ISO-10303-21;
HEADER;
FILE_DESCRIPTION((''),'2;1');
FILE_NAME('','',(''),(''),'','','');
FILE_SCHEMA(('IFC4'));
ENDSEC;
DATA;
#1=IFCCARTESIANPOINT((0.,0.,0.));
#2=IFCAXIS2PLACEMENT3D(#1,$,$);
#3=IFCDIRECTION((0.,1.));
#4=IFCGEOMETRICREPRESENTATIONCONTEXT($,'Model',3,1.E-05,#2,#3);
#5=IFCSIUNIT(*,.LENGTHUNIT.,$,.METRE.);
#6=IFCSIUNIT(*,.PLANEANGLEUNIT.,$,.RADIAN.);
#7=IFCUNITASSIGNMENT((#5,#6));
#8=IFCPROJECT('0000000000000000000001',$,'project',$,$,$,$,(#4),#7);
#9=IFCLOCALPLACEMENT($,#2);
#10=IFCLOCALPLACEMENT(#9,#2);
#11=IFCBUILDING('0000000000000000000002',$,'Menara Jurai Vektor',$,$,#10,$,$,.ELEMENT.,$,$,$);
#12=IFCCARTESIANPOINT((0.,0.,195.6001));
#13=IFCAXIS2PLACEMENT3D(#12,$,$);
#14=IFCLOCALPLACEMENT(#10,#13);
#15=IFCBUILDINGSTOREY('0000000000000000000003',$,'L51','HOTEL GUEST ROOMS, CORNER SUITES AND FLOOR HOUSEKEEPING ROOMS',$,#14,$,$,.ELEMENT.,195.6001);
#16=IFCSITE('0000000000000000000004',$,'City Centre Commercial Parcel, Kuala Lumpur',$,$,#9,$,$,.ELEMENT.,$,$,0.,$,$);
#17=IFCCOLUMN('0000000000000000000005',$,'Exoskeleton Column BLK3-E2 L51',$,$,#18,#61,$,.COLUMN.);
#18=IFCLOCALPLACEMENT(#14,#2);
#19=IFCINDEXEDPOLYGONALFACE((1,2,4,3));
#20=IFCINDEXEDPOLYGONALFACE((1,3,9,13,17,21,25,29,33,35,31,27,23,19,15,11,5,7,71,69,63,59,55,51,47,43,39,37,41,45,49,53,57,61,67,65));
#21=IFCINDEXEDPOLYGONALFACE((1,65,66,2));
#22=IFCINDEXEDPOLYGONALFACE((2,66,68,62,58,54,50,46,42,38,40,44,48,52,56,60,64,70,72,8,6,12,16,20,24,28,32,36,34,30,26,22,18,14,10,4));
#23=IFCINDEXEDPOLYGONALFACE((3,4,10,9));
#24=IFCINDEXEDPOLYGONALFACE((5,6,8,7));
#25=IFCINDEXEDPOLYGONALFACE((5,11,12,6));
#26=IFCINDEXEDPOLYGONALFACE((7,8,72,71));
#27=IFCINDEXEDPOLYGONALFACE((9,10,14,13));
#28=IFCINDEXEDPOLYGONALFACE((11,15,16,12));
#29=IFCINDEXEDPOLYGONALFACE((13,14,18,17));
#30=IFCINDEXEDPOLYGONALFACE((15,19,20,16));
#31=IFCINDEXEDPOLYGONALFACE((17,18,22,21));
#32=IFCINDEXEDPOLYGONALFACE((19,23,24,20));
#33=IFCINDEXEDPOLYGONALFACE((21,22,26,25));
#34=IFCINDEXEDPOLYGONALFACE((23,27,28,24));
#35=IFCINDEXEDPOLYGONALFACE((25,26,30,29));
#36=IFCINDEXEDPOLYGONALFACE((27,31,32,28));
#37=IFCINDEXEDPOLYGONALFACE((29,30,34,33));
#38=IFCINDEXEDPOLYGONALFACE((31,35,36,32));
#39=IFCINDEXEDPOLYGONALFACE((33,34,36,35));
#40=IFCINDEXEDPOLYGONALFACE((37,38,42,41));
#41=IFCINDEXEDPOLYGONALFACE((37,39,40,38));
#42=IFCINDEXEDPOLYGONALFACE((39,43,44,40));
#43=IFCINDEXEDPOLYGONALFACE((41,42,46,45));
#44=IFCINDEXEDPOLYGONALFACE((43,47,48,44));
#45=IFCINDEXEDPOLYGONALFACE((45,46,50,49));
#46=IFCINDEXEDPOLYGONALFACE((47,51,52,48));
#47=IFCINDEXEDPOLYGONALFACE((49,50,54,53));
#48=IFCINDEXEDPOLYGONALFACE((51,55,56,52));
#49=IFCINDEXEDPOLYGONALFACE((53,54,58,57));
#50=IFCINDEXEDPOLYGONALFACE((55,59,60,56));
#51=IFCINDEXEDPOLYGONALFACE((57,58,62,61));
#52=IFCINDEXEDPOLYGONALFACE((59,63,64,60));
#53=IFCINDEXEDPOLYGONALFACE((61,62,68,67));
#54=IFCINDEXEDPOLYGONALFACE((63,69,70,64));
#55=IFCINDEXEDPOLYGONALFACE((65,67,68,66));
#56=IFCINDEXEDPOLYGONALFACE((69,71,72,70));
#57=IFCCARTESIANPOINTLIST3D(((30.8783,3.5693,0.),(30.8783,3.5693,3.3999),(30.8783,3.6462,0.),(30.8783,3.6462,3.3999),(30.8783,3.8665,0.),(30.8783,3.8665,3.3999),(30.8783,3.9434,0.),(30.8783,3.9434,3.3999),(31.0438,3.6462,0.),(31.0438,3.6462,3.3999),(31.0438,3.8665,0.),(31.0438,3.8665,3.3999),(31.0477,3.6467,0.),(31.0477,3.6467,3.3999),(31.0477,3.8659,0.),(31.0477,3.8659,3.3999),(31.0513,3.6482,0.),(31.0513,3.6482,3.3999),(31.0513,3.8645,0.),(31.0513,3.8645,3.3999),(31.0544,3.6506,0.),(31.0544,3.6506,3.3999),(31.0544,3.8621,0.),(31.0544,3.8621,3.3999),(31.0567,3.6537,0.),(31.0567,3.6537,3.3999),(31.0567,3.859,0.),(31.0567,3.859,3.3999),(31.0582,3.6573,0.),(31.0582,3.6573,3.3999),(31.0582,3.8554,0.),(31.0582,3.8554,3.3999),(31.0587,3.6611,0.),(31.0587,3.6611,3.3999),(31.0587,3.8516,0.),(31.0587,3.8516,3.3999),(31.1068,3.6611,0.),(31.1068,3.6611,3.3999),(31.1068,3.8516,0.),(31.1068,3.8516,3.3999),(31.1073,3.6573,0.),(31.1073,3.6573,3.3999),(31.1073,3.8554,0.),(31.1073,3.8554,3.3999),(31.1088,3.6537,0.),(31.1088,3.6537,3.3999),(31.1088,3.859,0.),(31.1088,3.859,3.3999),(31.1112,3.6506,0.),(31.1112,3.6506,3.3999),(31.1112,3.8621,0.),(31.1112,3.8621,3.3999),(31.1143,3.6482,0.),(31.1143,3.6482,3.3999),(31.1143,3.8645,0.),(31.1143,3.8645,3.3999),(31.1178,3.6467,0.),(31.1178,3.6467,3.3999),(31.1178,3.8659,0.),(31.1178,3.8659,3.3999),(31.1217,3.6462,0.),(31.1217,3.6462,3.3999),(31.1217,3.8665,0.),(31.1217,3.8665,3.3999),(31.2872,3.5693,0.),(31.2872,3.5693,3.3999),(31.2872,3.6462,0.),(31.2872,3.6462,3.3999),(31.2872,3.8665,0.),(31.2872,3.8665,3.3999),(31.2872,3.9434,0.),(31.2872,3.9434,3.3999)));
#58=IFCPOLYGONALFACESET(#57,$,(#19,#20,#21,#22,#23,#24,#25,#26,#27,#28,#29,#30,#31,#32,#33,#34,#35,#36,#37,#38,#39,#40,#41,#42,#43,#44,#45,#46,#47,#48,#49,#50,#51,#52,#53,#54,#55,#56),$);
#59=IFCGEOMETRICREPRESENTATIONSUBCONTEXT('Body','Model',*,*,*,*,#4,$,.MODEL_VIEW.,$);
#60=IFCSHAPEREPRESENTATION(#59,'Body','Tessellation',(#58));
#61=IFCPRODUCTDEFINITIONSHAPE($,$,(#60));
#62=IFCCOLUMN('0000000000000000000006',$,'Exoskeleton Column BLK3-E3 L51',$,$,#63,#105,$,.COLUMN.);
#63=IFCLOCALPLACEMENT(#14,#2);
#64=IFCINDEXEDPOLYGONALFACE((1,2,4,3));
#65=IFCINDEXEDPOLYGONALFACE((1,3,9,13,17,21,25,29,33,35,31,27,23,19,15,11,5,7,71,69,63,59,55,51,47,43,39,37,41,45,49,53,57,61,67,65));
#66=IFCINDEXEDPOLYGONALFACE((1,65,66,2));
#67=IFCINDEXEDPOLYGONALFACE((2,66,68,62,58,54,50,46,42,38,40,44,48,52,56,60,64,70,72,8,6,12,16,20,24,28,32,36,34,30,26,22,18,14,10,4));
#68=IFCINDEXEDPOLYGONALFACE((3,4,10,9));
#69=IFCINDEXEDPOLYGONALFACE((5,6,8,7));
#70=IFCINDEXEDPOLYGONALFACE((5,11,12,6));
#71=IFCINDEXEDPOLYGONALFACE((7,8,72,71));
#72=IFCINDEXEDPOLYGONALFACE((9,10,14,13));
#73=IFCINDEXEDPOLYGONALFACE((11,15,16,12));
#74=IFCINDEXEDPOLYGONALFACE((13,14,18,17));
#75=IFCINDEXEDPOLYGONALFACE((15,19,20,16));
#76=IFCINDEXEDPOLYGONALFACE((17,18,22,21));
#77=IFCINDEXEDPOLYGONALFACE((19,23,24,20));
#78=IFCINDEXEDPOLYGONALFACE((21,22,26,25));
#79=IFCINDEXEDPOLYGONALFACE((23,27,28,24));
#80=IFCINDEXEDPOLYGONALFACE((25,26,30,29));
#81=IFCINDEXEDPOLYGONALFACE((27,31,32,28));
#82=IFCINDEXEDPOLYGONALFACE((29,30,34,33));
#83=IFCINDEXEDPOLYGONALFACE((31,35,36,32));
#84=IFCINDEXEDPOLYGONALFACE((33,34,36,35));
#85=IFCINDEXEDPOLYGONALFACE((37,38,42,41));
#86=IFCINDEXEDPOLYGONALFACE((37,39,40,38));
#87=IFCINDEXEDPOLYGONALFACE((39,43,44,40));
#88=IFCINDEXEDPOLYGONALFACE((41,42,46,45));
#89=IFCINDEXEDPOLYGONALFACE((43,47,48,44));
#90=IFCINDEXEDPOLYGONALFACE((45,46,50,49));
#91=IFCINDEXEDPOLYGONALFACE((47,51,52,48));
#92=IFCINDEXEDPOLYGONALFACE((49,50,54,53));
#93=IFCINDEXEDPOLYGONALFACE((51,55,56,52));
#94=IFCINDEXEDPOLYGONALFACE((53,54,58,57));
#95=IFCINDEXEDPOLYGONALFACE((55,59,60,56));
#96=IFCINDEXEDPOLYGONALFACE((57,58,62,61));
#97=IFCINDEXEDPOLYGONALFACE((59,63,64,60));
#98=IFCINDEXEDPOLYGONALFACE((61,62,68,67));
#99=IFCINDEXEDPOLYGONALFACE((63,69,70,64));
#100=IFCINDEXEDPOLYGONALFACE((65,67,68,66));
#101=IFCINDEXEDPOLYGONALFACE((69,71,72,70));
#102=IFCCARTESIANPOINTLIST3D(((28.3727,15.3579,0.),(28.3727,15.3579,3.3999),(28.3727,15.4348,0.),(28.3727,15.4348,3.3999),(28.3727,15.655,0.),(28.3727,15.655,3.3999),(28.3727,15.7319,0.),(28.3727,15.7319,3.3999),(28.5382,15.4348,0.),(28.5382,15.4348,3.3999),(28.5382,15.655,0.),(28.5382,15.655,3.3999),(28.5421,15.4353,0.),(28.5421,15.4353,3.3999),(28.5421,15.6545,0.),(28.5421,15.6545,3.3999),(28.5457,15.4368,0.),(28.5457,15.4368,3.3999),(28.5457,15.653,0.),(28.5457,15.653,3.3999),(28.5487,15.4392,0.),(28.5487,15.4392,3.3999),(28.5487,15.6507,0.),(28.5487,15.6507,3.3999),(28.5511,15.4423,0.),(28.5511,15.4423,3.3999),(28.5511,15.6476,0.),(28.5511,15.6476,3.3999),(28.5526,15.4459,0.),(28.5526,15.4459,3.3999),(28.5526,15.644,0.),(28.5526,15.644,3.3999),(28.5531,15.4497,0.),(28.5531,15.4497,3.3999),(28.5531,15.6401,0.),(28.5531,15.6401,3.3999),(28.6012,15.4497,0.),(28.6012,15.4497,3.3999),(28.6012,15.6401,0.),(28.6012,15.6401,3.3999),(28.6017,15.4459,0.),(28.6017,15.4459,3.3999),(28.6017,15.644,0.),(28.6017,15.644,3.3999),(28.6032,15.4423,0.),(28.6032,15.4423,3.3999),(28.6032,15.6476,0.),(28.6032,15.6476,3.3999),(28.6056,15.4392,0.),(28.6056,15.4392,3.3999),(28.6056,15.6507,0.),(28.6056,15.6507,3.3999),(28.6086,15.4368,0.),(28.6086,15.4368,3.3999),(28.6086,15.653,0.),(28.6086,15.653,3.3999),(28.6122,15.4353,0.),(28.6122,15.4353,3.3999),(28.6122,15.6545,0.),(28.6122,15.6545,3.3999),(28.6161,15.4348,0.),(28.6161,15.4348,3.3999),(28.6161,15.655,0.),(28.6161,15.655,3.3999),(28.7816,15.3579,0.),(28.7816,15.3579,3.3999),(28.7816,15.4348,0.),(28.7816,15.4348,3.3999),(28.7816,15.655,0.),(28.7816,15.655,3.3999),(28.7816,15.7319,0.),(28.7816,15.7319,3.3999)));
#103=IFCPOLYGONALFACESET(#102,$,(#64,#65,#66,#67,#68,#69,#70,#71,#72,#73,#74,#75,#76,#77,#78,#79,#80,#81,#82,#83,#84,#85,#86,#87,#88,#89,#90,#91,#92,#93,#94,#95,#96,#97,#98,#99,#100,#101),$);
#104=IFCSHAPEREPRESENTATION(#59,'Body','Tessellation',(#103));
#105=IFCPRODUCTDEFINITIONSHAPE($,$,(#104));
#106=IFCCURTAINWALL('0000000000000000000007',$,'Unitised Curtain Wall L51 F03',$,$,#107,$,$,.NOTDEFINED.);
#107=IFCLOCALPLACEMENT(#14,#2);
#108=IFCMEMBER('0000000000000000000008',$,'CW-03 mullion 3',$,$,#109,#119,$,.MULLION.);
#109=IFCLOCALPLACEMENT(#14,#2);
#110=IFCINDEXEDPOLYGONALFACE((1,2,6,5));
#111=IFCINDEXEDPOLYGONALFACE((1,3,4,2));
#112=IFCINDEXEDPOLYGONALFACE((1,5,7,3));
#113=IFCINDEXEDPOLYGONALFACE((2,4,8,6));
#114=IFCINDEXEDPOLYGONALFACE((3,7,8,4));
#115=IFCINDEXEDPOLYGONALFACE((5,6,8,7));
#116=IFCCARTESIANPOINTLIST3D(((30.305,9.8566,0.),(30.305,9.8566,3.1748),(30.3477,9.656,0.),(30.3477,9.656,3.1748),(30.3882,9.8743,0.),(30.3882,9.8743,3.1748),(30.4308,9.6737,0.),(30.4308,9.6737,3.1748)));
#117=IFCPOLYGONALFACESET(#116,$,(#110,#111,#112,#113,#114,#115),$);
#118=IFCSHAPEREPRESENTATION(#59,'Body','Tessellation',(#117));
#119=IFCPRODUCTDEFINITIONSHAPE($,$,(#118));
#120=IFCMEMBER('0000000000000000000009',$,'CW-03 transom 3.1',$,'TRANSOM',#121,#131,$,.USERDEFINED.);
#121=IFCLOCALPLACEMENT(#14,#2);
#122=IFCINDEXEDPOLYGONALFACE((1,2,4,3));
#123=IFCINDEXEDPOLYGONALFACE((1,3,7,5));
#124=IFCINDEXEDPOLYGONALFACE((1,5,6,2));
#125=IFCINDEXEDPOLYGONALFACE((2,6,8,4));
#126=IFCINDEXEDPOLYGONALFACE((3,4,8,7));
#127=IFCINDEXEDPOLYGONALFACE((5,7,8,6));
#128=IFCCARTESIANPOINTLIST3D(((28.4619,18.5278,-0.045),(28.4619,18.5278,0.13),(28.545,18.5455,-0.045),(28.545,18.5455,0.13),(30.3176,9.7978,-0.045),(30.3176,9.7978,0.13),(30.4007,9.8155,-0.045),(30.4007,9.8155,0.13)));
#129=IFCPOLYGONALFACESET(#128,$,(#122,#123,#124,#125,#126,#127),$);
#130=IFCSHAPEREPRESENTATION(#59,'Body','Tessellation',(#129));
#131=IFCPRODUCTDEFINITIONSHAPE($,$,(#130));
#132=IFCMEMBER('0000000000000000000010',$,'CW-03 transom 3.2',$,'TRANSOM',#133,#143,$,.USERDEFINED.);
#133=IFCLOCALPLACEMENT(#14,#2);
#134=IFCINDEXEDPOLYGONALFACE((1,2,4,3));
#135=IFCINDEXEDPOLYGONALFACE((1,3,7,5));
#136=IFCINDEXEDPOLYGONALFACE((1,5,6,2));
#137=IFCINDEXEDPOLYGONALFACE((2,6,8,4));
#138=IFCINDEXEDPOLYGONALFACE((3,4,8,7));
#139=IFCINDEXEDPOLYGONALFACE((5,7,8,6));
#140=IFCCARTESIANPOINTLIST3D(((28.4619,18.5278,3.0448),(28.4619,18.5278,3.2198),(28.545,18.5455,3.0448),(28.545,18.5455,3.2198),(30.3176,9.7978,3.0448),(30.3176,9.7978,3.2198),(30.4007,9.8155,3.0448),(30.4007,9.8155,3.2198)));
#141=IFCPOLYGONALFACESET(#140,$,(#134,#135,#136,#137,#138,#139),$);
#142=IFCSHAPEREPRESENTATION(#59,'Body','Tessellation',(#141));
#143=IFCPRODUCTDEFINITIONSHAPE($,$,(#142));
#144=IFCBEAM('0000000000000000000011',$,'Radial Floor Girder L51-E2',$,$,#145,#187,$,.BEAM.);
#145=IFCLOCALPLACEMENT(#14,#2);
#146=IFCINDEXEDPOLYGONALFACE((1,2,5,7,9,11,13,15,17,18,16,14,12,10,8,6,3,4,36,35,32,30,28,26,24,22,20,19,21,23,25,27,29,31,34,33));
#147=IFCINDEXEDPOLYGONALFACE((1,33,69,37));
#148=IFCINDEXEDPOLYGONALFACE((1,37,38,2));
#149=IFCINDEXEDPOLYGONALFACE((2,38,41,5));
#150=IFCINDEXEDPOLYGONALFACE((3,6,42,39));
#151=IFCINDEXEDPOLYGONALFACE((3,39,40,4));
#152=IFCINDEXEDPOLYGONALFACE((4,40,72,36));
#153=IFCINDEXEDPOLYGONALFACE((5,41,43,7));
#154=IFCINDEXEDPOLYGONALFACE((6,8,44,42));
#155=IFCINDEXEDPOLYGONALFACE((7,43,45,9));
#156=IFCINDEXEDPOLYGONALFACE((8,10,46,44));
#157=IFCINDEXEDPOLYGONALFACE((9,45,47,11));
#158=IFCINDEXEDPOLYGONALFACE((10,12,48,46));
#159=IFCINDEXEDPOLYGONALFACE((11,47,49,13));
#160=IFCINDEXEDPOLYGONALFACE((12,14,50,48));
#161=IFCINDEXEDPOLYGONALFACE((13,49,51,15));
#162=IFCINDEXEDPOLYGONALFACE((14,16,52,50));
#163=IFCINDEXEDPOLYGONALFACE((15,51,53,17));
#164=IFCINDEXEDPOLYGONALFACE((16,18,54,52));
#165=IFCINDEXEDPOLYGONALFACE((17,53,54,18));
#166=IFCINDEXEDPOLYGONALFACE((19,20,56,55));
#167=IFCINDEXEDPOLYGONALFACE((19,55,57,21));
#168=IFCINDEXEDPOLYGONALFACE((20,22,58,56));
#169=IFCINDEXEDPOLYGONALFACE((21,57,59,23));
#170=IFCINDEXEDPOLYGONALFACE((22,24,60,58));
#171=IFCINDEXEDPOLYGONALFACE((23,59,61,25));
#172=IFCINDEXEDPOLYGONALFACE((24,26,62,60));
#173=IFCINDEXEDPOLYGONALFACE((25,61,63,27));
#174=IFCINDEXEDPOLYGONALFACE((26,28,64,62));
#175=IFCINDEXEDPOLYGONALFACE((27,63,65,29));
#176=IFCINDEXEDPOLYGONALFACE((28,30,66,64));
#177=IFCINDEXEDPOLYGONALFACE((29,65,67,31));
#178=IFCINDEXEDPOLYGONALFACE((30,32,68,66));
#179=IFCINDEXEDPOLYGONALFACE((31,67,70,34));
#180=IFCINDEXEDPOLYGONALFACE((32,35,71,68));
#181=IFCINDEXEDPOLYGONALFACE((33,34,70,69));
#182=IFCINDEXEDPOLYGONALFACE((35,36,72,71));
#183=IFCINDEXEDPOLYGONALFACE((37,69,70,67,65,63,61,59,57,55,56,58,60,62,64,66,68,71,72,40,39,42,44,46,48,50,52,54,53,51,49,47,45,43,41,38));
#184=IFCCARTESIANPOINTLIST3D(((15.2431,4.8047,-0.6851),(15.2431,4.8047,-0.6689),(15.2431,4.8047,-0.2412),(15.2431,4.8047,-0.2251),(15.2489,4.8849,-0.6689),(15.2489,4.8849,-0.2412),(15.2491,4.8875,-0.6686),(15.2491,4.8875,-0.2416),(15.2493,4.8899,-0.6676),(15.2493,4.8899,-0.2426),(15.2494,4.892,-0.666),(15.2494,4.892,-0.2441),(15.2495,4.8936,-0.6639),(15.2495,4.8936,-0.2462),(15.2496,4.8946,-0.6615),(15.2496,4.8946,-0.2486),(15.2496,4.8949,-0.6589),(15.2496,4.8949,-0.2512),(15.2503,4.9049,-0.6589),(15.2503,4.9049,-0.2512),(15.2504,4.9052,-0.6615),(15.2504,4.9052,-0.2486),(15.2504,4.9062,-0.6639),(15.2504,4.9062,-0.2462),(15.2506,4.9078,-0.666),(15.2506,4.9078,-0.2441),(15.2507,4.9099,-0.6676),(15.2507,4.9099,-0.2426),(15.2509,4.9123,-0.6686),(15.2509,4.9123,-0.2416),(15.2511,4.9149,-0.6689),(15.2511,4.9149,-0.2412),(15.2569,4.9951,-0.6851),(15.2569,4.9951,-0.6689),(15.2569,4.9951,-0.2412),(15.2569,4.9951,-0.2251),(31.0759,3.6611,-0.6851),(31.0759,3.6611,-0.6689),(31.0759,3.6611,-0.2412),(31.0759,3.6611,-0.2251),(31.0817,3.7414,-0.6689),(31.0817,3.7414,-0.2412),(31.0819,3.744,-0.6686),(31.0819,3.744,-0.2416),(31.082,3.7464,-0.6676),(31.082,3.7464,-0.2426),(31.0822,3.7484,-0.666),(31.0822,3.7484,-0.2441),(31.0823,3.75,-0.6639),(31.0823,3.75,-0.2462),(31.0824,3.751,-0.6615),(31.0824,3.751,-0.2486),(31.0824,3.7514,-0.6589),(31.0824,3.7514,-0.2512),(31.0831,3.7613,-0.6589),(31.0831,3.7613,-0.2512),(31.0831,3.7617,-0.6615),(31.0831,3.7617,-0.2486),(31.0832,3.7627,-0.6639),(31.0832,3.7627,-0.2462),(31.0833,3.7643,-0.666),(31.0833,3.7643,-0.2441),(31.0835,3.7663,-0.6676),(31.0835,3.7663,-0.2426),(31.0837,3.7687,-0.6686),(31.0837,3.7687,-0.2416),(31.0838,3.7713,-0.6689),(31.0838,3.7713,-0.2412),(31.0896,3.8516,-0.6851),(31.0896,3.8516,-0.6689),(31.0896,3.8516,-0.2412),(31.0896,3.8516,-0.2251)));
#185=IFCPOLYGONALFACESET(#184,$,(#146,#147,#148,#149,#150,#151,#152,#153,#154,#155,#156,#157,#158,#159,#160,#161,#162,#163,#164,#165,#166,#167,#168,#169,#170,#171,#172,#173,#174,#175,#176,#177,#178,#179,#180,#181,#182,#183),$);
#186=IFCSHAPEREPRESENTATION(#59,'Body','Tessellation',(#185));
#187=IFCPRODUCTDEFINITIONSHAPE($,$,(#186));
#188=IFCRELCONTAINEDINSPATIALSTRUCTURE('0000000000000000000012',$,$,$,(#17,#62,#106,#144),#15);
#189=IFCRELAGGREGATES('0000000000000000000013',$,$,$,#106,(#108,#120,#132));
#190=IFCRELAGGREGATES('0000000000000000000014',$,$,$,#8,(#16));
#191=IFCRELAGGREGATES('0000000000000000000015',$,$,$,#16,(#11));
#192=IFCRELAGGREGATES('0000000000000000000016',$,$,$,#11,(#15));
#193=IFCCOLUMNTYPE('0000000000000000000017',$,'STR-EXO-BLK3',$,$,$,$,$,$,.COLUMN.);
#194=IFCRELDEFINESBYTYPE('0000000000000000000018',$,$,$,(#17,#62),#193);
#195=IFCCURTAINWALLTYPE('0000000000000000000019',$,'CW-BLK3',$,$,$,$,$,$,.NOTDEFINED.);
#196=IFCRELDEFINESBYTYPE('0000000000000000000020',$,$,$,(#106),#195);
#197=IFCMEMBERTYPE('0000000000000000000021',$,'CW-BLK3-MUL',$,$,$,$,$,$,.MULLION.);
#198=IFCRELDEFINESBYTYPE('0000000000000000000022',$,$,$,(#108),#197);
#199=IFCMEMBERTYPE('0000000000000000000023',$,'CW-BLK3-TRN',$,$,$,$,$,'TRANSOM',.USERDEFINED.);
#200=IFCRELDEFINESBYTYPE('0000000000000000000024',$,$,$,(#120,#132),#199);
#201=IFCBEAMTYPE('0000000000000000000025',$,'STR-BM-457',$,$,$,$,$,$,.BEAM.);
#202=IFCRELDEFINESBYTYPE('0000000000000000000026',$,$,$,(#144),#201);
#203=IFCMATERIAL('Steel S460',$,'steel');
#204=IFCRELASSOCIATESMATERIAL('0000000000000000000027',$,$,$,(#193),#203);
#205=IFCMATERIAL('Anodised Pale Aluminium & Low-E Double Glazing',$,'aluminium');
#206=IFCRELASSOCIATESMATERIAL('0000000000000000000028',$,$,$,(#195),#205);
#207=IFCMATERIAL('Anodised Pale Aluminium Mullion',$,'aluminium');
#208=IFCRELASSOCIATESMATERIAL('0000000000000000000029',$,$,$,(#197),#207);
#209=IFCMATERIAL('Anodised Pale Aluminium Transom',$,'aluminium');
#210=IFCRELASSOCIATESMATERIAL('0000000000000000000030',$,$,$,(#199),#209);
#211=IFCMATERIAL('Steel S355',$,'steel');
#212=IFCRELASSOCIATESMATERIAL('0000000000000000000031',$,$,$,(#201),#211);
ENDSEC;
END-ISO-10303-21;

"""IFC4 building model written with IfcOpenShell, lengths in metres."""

from ifc_helpers import new_model, si_unit, direction, frame, origin, origin_2d, place, context, subcontext, project, spatial, rectangle, i_section, extrude, material, material_profile, profile_set, type_object, element, aggregate, save


model = new_model("IFC4")

# Units and contexts
model_context = context("Model", 3, precision=1e-05, world=origin(), true_north=direction((0.0, 1.0)))
body_context = subcontext(model_context, "Body", "Model", "MODEL_VIEW")
ifc_project = project(units=[si_unit("LENGTHUNIT", "METRE"), si_unit("PLANEANGLEUNIT", "RADIAN")], contexts=[model_context])

# Site, building, storey
site_placement = place(None, origin())
site = spatial("IfcSite", under=ifc_project, at=site_placement, Name="City Centre Commercial Parcel, Kuala Lumpur", CompositionType="ELEMENT", RefElevation=0.0)
building_placement = place(site_placement, origin())
building = spatial("IfcBuilding", under=site, at=building_placement, Name="Menara Jurai Vektor", CompositionType="ELEMENT")
storey_placement = place(building_placement, frame((0.0, 0.0, 195.6001)))
storey = spatial("IfcBuildingStorey", under=building, at=storey_placement, Name="L51", Description="HOTEL GUEST ROOMS, CORNER SUITES AND FLOOR HOUSEKEEPING ROOMS", CompositionType="ELEMENT", Elevation=195.6001)

# Columns
ifc_material_1 = material(Name="Steel S460", Category="steel")
ifc_material_profile_1 = material_profile(ifc_material_1, i_section(OverallWidth=0.4089, OverallDepth=0.374, WebThickness=0.0481, FlangeThickness=0.0769, FilletRadius=0.0149, at=origin_2d()), Name="HD 400x634")
ifc_profile_set_1 = profile_set([ifc_material_profile_1], Name="Steel S460")
column_type = type_object("IfcColumnType", Name="STR-EXO-BLK3", PredefinedType="COLUMN", material=ifc_profile_set_1)
for number, where, z_axis, x_axis, name in (
    (1, (31.0828, 3.7563, 0.0), (0.0, 0.0, 1.0), (1.0, 0.0, 0.0), "Exoskeleton Column BLK3-E2 L51"),
    (2, (28.5771, 15.5449, 0.0), (0.0, 0.0, 1.0), (1.0, 0.0, 0.0), "Exoskeleton Column BLK3-E3 L51"),
):
    element("IfcColumn", number, at=place(storey_placement, frame(where, z_axis=z_axis, x_axis=x_axis)), inside=storey, type_object=column_type, Name=name, PredefinedType="COLUMN", context=body_context, shape_type="SweptSolid", body=[
        extrude(i_section(OverallWidth=0.4089, OverallDepth=0.374, WebThickness=0.0481, FlangeThickness=0.0769, FilletRadius=0.0149, at=origin_2d()), origin(), (0.0, 0.0, 1.0), 3.3999),
    ])

# Curtain wall, members
ifc_material_2 = material(Name="Anodised Pale Aluminium & Low-E Double Glazing", Category="aluminium")
curtain_wall_type = type_object("IfcCurtainWallType", Name="CW-BLK3", PredefinedType="NOTDEFINED", material=ifc_material_2)
curtain_wall_placement = place(storey_placement, origin())
curtain_wall = element("IfcCurtainWall", 3, at=curtain_wall_placement, inside=storey, type_object=curtain_wall_type, Name="Unitised Curtain Wall L51 F03", PredefinedType="NOTDEFINED")
ifc_material_3 = material(Name="Anodised Pale Aluminium Mullion", Category="aluminium")
ifc_material_profile_2 = material_profile(ifc_material_3, rectangle(XDim=0.085, YDim=0.2051, at=origin_2d()), Name="ALU MUL 85x205")
ifc_profile_set_2 = profile_set([ifc_material_profile_2], Name="Anodised Pale Aluminium Mullion")
member_type_1 = type_object("IfcMemberType", Name="CW-BLK3-MUL", PredefinedType="MULLION", material=ifc_profile_set_2)
member_1_placement = place(storey_placement, frame((30.3679, 9.7651, 0.0), z_axis=(0.0, 0.0, 1.0), x_axis=(-0.978148, -0.20791, 0.0)))
member_1 = element("IfcMember", 4, at=member_1_placement, type_object=member_type_1, Name="CW-03 mullion 3", PredefinedType="MULLION", context=body_context, shape_type="SweptSolid", body=[
    extrude(rectangle(XDim=0.085, YDim=0.2051, at=origin_2d()), origin(), (0.0, 0.0, 1.0), 3.1748),
])
ifc_material_4 = material(Name="Anodised Pale Aluminium Transom", Category="aluminium")
ifc_material_profile_3 = material_profile(ifc_material_4, rectangle(XDim=0.085, YDim=0.175, at=origin_2d()), Name="ALU TRN 85x175")
ifc_profile_set_3 = profile_set([ifc_material_profile_3], Name="Anodised Pale Aluminium Transom")
member_type_2 = type_object("IfcMemberType", Name="CW-BLK3-TRN", ElementType="TRANSOM", PredefinedType="USERDEFINED", material=ifc_profile_set_3)
member_2_placement = place(storey_placement, frame((30.3591, 9.8066, 0.0425), z_axis=(-0.207922, 0.978145, 0.0), x_axis=(-0.978145, -0.207922, 0.0)))
member_2 = element("IfcMember", 5, at=member_2_placement, type_object=member_type_2, Name="CW-03 transom 3.1", ObjectType="TRANSOM", PredefinedType="USERDEFINED", context=body_context, shape_type="SweptSolid", body=[
    extrude(rectangle(XDim=0.085, YDim=0.175, at=origin_2d()), origin(), (0.0, 0.0, 1.0), 8.925),
])
member_3_placement = place(storey_placement, frame((30.3591, 9.8066, 3.1323), z_axis=(-0.207922, 0.978145, 0.0), x_axis=(-0.978145, -0.207922, 0.0)))
member_3 = element("IfcMember", 6, at=member_3_placement, type_object=member_type_2, Name="CW-03 transom 3.2", ObjectType="TRANSOM", PredefinedType="USERDEFINED", context=body_context, shape_type="SweptSolid", body=[
    extrude(rectangle(XDim=0.085, YDim=0.175, at=origin_2d()), origin(), (0.0, 0.0, 1.0), 8.925),
])

# Beam
ifc_material_5 = material(Name="Steel S355", Category="steel")
ifc_material_profile_4 = material_profile(ifc_material_5, i_section(OverallWidth=0.1909, OverallDepth=0.46, WebThickness=0.01, FlangeThickness=0.0161, FilletRadius=0.01, at=origin_2d()), Name="UKB 457x191x82")
ifc_profile_set_4 = profile_set([ifc_material_profile_4], Name="Steel S355")
beam_type_1 = type_object("IfcBeamType", Name="STR-BM-457", PredefinedType="BEAM", material=ifc_profile_set_4)
beam_1_placement = place(storey_placement, frame((31.0828, 3.7563, -0.4551), z_axis=(-0.997402, 0.072039, 0.0), x_axis=(-0.072039, -0.997402, 0.0)))
element("IfcBeam", 7, at=beam_1_placement, inside=storey, type_object=beam_type_1, Name="Radial Floor Girder L51-E2", PredefinedType="BEAM", context=body_context, shape_type="SweptSolid", body=[
    extrude(i_section(OverallWidth=0.1909, OverallDepth=0.46, WebThickness=0.01, FlangeThickness=0.0161, FilletRadius=0.01, at=origin_2d()), origin(), (0.0, 0.0, 1.0), 15.874),
])

aggregate(curtain_wall, [member_1, member_2, member_3])

save(model, "model.ifc")
